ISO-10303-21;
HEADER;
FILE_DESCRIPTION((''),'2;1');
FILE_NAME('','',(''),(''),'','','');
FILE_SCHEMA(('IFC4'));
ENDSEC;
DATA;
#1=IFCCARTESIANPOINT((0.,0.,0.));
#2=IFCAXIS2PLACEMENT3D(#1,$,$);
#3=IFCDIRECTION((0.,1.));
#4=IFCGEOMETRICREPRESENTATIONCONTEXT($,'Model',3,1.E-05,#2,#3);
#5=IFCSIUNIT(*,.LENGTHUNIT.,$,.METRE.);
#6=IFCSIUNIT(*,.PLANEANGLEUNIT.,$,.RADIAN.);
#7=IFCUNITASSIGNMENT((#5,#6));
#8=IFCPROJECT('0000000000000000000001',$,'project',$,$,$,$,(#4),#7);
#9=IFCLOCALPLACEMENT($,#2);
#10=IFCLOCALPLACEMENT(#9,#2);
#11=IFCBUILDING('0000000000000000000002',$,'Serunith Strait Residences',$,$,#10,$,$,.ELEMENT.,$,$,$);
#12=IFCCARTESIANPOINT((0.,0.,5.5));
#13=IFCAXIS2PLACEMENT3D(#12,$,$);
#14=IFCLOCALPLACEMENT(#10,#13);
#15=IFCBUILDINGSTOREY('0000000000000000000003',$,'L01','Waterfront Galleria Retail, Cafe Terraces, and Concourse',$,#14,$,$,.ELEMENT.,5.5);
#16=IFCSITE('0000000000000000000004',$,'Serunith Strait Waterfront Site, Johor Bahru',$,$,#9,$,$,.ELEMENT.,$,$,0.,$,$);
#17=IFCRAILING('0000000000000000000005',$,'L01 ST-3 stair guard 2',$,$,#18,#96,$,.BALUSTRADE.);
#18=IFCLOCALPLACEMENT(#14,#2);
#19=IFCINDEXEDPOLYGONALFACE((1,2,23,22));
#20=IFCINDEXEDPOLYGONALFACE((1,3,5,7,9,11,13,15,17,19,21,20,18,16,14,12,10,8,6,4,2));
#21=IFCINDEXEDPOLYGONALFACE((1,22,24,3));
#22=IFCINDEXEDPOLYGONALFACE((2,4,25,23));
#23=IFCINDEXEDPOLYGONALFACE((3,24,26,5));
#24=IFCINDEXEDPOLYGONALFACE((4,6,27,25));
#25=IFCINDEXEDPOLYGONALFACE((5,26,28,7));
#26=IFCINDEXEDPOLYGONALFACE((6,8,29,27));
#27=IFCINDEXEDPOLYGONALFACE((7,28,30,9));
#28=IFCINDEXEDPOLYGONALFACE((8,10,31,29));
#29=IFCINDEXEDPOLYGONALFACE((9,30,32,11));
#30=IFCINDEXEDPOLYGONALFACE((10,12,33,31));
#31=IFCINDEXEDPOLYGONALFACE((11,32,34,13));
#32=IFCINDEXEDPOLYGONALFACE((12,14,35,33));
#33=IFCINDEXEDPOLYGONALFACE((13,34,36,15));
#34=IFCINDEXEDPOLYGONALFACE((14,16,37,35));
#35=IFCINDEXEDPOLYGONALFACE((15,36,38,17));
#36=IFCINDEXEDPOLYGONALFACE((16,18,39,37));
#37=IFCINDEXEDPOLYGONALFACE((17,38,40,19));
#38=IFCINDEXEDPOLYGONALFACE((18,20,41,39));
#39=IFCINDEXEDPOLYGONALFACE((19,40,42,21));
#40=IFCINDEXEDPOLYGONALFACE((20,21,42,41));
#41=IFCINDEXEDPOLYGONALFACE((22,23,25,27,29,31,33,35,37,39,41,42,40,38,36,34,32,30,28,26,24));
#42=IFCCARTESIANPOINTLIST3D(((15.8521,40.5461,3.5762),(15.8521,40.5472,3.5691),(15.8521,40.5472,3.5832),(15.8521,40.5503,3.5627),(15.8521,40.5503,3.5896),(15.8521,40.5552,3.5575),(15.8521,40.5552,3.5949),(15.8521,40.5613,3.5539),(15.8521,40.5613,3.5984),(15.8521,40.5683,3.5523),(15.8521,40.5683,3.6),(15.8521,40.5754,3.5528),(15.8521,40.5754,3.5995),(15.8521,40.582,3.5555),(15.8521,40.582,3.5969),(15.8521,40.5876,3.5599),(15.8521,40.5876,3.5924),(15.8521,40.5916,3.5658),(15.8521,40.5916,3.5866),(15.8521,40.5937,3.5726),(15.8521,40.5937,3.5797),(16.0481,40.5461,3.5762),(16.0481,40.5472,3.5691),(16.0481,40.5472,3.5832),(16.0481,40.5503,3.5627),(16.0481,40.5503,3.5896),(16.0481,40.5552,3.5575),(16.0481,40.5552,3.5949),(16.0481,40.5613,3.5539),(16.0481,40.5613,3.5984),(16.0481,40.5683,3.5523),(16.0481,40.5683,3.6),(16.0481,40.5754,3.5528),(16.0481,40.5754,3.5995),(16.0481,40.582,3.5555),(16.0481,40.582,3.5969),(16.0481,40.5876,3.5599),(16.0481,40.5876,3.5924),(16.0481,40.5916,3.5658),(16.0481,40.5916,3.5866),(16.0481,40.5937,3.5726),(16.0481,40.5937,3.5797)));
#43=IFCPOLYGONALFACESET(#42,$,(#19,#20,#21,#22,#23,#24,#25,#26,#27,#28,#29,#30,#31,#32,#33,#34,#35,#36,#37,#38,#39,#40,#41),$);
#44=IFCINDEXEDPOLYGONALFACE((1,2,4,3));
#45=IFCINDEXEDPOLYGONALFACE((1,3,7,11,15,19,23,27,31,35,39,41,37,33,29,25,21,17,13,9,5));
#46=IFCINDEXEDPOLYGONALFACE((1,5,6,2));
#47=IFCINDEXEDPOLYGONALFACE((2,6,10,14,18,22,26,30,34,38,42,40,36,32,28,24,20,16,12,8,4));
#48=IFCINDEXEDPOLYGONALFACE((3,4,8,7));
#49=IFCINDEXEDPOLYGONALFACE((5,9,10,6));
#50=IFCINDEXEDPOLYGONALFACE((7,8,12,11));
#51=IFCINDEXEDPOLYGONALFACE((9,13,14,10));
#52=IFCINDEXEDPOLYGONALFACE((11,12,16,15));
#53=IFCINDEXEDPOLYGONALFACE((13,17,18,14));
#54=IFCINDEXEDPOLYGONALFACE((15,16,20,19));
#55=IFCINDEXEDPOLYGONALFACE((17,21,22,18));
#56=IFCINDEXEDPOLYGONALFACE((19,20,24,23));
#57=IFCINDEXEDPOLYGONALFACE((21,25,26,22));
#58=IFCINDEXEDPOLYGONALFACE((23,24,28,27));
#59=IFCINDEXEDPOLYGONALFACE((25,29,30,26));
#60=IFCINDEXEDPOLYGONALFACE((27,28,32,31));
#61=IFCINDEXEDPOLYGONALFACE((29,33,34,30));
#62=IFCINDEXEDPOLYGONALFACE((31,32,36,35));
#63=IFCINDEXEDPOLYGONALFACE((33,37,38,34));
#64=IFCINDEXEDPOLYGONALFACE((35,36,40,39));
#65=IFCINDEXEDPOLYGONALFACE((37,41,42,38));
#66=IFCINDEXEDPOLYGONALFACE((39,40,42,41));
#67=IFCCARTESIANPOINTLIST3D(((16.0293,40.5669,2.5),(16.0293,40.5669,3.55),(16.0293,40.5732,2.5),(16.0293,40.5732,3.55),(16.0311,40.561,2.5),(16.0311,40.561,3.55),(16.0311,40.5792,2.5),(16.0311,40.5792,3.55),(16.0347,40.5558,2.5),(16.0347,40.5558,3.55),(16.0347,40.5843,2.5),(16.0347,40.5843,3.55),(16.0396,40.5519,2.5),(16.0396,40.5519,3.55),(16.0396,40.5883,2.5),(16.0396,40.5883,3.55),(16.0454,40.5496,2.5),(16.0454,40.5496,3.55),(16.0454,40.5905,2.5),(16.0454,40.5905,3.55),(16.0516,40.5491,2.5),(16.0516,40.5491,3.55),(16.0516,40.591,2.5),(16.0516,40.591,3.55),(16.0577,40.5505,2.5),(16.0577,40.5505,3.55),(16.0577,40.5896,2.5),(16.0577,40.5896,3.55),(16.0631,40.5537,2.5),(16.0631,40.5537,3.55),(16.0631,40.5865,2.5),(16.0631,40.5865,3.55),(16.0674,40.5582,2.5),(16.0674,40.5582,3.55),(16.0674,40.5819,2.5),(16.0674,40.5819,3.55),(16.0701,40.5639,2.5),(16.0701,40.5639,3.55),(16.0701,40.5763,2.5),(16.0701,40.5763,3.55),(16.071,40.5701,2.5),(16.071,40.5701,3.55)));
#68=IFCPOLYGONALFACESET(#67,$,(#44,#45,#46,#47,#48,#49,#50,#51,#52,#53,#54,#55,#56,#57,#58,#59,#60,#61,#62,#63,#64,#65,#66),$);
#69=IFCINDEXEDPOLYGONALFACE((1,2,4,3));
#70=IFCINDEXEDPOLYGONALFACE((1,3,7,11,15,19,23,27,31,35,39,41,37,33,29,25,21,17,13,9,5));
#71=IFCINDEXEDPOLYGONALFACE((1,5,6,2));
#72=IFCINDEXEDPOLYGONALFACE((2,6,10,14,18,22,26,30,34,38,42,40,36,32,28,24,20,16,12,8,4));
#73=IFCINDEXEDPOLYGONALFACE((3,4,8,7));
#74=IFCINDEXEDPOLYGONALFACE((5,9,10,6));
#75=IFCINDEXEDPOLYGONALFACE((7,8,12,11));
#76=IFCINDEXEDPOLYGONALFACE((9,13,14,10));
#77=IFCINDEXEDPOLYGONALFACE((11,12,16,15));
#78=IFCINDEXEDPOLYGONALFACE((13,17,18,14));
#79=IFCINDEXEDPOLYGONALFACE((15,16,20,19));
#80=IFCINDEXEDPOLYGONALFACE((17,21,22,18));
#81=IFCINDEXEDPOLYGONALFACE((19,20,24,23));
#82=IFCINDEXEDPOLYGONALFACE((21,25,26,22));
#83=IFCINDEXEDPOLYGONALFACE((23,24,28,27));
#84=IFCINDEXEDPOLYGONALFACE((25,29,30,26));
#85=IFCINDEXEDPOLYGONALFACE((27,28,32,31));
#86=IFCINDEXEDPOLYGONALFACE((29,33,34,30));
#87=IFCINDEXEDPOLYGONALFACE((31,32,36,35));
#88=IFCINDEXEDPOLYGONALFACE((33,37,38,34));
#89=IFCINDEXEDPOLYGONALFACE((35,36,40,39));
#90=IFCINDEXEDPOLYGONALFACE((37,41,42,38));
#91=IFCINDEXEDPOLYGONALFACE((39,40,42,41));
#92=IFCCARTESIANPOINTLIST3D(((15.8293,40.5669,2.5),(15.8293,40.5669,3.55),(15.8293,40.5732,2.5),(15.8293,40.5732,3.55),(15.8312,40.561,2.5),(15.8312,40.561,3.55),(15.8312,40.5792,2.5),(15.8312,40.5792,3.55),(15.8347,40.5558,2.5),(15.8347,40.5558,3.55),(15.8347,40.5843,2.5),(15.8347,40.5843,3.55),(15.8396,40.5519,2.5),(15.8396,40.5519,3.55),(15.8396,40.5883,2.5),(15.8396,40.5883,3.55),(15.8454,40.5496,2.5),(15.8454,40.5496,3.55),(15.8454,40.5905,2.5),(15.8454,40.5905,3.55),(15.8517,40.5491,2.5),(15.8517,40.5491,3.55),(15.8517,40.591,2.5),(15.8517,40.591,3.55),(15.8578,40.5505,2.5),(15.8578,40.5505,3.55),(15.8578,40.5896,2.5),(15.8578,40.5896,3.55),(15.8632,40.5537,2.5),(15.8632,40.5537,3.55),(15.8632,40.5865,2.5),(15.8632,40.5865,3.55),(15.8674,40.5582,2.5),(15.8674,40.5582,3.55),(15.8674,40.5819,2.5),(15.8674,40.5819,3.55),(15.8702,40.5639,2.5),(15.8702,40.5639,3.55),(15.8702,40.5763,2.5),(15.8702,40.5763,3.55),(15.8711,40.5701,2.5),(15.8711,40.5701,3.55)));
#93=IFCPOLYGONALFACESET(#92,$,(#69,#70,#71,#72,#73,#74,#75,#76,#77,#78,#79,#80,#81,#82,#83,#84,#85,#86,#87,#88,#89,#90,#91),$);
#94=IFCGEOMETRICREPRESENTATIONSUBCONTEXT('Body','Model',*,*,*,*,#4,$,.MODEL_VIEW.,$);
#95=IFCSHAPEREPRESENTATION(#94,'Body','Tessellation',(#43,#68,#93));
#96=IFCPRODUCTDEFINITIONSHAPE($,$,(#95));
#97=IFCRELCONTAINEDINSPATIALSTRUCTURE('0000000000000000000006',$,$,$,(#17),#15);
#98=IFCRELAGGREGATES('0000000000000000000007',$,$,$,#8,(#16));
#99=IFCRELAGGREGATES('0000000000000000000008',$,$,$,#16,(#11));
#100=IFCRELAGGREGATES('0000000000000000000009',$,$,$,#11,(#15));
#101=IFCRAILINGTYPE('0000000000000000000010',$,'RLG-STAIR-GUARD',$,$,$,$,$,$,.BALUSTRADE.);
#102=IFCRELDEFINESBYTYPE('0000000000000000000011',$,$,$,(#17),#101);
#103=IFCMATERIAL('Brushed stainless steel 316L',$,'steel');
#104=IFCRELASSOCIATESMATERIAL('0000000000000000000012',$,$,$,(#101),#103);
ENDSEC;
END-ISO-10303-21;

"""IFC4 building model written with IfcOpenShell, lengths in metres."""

from ifc_helpers import new_model, si_unit, direction, frame, origin, origin_2d, place, context, subcontext, project, spatial, circle, extrude, material, type_object, element, save


model = new_model("IFC4")

# Units and contexts
model_context = context("Model", 3, precision=1e-05, world=origin(), true_north=direction((0.0, 1.0)))
body_context = subcontext(model_context, "Body", "Model", "MODEL_VIEW")
ifc_project = project(units=[si_unit("LENGTHUNIT", "METRE"), si_unit("PLANEANGLEUNIT", "RADIAN")], contexts=[model_context])

# Site, building, storey
site_placement = place(None, origin())
site = spatial("IfcSite", under=ifc_project, at=site_placement, Name="Serunith Strait Waterfront Site, Johor Bahru", CompositionType="ELEMENT", RefElevation=0.0)
building_placement = place(site_placement, origin())
building = spatial("IfcBuilding", under=site, at=building_placement, Name="Serunith Strait Residences", CompositionType="ELEMENT")
storey_placement = place(building_placement, frame((0.0, 0.0, 5.5)))
storey = spatial("IfcBuildingStorey", under=building, at=storey_placement, Name="L01", Description="Waterfront Galleria Retail, Cafe Terraces, and Concourse", CompositionType="ELEMENT", Elevation=5.5)

# Railing
ifc_material_1 = material(Name="Brushed stainless steel 316L", Category="steel")
railing_type_1 = type_object("IfcRailingType", Name="RLG-STAIR-GUARD", PredefinedType="BALUSTRADE", material=ifc_material_1)
railing_1_placement = place(storey_placement, frame((16.05, 40.5701, 2.5)))
element("IfcRailing", 1, at=railing_1_placement, inside=storey, type_object=railing_type_1, Name="L01 ST-3 stair guard 2", PredefinedType="BALUSTRADE", context=body_context, shape_type="SweptSolid", body=[
    extrude(circle(Radius=0.0239, at=origin_2d()), frame((-0.002, 0.0, 1.0762), z_axis=(-1.0, 0.0, 0.0), x_axis=(0.0, -1.0, 0.0)), (0.0, 0.0, 1.0), 0.196),
    extrude(circle(Radius=0.021, at=origin_2d()), origin(), (0.0, 0.0, 1.0), 1.05),
    extrude(circle(Radius=0.021, at=origin_2d()), frame((-0.2, 0.0, 0.0)), (0.0, 0.0, 1.0), 1.05),
])

save(model, "model.ifc")
